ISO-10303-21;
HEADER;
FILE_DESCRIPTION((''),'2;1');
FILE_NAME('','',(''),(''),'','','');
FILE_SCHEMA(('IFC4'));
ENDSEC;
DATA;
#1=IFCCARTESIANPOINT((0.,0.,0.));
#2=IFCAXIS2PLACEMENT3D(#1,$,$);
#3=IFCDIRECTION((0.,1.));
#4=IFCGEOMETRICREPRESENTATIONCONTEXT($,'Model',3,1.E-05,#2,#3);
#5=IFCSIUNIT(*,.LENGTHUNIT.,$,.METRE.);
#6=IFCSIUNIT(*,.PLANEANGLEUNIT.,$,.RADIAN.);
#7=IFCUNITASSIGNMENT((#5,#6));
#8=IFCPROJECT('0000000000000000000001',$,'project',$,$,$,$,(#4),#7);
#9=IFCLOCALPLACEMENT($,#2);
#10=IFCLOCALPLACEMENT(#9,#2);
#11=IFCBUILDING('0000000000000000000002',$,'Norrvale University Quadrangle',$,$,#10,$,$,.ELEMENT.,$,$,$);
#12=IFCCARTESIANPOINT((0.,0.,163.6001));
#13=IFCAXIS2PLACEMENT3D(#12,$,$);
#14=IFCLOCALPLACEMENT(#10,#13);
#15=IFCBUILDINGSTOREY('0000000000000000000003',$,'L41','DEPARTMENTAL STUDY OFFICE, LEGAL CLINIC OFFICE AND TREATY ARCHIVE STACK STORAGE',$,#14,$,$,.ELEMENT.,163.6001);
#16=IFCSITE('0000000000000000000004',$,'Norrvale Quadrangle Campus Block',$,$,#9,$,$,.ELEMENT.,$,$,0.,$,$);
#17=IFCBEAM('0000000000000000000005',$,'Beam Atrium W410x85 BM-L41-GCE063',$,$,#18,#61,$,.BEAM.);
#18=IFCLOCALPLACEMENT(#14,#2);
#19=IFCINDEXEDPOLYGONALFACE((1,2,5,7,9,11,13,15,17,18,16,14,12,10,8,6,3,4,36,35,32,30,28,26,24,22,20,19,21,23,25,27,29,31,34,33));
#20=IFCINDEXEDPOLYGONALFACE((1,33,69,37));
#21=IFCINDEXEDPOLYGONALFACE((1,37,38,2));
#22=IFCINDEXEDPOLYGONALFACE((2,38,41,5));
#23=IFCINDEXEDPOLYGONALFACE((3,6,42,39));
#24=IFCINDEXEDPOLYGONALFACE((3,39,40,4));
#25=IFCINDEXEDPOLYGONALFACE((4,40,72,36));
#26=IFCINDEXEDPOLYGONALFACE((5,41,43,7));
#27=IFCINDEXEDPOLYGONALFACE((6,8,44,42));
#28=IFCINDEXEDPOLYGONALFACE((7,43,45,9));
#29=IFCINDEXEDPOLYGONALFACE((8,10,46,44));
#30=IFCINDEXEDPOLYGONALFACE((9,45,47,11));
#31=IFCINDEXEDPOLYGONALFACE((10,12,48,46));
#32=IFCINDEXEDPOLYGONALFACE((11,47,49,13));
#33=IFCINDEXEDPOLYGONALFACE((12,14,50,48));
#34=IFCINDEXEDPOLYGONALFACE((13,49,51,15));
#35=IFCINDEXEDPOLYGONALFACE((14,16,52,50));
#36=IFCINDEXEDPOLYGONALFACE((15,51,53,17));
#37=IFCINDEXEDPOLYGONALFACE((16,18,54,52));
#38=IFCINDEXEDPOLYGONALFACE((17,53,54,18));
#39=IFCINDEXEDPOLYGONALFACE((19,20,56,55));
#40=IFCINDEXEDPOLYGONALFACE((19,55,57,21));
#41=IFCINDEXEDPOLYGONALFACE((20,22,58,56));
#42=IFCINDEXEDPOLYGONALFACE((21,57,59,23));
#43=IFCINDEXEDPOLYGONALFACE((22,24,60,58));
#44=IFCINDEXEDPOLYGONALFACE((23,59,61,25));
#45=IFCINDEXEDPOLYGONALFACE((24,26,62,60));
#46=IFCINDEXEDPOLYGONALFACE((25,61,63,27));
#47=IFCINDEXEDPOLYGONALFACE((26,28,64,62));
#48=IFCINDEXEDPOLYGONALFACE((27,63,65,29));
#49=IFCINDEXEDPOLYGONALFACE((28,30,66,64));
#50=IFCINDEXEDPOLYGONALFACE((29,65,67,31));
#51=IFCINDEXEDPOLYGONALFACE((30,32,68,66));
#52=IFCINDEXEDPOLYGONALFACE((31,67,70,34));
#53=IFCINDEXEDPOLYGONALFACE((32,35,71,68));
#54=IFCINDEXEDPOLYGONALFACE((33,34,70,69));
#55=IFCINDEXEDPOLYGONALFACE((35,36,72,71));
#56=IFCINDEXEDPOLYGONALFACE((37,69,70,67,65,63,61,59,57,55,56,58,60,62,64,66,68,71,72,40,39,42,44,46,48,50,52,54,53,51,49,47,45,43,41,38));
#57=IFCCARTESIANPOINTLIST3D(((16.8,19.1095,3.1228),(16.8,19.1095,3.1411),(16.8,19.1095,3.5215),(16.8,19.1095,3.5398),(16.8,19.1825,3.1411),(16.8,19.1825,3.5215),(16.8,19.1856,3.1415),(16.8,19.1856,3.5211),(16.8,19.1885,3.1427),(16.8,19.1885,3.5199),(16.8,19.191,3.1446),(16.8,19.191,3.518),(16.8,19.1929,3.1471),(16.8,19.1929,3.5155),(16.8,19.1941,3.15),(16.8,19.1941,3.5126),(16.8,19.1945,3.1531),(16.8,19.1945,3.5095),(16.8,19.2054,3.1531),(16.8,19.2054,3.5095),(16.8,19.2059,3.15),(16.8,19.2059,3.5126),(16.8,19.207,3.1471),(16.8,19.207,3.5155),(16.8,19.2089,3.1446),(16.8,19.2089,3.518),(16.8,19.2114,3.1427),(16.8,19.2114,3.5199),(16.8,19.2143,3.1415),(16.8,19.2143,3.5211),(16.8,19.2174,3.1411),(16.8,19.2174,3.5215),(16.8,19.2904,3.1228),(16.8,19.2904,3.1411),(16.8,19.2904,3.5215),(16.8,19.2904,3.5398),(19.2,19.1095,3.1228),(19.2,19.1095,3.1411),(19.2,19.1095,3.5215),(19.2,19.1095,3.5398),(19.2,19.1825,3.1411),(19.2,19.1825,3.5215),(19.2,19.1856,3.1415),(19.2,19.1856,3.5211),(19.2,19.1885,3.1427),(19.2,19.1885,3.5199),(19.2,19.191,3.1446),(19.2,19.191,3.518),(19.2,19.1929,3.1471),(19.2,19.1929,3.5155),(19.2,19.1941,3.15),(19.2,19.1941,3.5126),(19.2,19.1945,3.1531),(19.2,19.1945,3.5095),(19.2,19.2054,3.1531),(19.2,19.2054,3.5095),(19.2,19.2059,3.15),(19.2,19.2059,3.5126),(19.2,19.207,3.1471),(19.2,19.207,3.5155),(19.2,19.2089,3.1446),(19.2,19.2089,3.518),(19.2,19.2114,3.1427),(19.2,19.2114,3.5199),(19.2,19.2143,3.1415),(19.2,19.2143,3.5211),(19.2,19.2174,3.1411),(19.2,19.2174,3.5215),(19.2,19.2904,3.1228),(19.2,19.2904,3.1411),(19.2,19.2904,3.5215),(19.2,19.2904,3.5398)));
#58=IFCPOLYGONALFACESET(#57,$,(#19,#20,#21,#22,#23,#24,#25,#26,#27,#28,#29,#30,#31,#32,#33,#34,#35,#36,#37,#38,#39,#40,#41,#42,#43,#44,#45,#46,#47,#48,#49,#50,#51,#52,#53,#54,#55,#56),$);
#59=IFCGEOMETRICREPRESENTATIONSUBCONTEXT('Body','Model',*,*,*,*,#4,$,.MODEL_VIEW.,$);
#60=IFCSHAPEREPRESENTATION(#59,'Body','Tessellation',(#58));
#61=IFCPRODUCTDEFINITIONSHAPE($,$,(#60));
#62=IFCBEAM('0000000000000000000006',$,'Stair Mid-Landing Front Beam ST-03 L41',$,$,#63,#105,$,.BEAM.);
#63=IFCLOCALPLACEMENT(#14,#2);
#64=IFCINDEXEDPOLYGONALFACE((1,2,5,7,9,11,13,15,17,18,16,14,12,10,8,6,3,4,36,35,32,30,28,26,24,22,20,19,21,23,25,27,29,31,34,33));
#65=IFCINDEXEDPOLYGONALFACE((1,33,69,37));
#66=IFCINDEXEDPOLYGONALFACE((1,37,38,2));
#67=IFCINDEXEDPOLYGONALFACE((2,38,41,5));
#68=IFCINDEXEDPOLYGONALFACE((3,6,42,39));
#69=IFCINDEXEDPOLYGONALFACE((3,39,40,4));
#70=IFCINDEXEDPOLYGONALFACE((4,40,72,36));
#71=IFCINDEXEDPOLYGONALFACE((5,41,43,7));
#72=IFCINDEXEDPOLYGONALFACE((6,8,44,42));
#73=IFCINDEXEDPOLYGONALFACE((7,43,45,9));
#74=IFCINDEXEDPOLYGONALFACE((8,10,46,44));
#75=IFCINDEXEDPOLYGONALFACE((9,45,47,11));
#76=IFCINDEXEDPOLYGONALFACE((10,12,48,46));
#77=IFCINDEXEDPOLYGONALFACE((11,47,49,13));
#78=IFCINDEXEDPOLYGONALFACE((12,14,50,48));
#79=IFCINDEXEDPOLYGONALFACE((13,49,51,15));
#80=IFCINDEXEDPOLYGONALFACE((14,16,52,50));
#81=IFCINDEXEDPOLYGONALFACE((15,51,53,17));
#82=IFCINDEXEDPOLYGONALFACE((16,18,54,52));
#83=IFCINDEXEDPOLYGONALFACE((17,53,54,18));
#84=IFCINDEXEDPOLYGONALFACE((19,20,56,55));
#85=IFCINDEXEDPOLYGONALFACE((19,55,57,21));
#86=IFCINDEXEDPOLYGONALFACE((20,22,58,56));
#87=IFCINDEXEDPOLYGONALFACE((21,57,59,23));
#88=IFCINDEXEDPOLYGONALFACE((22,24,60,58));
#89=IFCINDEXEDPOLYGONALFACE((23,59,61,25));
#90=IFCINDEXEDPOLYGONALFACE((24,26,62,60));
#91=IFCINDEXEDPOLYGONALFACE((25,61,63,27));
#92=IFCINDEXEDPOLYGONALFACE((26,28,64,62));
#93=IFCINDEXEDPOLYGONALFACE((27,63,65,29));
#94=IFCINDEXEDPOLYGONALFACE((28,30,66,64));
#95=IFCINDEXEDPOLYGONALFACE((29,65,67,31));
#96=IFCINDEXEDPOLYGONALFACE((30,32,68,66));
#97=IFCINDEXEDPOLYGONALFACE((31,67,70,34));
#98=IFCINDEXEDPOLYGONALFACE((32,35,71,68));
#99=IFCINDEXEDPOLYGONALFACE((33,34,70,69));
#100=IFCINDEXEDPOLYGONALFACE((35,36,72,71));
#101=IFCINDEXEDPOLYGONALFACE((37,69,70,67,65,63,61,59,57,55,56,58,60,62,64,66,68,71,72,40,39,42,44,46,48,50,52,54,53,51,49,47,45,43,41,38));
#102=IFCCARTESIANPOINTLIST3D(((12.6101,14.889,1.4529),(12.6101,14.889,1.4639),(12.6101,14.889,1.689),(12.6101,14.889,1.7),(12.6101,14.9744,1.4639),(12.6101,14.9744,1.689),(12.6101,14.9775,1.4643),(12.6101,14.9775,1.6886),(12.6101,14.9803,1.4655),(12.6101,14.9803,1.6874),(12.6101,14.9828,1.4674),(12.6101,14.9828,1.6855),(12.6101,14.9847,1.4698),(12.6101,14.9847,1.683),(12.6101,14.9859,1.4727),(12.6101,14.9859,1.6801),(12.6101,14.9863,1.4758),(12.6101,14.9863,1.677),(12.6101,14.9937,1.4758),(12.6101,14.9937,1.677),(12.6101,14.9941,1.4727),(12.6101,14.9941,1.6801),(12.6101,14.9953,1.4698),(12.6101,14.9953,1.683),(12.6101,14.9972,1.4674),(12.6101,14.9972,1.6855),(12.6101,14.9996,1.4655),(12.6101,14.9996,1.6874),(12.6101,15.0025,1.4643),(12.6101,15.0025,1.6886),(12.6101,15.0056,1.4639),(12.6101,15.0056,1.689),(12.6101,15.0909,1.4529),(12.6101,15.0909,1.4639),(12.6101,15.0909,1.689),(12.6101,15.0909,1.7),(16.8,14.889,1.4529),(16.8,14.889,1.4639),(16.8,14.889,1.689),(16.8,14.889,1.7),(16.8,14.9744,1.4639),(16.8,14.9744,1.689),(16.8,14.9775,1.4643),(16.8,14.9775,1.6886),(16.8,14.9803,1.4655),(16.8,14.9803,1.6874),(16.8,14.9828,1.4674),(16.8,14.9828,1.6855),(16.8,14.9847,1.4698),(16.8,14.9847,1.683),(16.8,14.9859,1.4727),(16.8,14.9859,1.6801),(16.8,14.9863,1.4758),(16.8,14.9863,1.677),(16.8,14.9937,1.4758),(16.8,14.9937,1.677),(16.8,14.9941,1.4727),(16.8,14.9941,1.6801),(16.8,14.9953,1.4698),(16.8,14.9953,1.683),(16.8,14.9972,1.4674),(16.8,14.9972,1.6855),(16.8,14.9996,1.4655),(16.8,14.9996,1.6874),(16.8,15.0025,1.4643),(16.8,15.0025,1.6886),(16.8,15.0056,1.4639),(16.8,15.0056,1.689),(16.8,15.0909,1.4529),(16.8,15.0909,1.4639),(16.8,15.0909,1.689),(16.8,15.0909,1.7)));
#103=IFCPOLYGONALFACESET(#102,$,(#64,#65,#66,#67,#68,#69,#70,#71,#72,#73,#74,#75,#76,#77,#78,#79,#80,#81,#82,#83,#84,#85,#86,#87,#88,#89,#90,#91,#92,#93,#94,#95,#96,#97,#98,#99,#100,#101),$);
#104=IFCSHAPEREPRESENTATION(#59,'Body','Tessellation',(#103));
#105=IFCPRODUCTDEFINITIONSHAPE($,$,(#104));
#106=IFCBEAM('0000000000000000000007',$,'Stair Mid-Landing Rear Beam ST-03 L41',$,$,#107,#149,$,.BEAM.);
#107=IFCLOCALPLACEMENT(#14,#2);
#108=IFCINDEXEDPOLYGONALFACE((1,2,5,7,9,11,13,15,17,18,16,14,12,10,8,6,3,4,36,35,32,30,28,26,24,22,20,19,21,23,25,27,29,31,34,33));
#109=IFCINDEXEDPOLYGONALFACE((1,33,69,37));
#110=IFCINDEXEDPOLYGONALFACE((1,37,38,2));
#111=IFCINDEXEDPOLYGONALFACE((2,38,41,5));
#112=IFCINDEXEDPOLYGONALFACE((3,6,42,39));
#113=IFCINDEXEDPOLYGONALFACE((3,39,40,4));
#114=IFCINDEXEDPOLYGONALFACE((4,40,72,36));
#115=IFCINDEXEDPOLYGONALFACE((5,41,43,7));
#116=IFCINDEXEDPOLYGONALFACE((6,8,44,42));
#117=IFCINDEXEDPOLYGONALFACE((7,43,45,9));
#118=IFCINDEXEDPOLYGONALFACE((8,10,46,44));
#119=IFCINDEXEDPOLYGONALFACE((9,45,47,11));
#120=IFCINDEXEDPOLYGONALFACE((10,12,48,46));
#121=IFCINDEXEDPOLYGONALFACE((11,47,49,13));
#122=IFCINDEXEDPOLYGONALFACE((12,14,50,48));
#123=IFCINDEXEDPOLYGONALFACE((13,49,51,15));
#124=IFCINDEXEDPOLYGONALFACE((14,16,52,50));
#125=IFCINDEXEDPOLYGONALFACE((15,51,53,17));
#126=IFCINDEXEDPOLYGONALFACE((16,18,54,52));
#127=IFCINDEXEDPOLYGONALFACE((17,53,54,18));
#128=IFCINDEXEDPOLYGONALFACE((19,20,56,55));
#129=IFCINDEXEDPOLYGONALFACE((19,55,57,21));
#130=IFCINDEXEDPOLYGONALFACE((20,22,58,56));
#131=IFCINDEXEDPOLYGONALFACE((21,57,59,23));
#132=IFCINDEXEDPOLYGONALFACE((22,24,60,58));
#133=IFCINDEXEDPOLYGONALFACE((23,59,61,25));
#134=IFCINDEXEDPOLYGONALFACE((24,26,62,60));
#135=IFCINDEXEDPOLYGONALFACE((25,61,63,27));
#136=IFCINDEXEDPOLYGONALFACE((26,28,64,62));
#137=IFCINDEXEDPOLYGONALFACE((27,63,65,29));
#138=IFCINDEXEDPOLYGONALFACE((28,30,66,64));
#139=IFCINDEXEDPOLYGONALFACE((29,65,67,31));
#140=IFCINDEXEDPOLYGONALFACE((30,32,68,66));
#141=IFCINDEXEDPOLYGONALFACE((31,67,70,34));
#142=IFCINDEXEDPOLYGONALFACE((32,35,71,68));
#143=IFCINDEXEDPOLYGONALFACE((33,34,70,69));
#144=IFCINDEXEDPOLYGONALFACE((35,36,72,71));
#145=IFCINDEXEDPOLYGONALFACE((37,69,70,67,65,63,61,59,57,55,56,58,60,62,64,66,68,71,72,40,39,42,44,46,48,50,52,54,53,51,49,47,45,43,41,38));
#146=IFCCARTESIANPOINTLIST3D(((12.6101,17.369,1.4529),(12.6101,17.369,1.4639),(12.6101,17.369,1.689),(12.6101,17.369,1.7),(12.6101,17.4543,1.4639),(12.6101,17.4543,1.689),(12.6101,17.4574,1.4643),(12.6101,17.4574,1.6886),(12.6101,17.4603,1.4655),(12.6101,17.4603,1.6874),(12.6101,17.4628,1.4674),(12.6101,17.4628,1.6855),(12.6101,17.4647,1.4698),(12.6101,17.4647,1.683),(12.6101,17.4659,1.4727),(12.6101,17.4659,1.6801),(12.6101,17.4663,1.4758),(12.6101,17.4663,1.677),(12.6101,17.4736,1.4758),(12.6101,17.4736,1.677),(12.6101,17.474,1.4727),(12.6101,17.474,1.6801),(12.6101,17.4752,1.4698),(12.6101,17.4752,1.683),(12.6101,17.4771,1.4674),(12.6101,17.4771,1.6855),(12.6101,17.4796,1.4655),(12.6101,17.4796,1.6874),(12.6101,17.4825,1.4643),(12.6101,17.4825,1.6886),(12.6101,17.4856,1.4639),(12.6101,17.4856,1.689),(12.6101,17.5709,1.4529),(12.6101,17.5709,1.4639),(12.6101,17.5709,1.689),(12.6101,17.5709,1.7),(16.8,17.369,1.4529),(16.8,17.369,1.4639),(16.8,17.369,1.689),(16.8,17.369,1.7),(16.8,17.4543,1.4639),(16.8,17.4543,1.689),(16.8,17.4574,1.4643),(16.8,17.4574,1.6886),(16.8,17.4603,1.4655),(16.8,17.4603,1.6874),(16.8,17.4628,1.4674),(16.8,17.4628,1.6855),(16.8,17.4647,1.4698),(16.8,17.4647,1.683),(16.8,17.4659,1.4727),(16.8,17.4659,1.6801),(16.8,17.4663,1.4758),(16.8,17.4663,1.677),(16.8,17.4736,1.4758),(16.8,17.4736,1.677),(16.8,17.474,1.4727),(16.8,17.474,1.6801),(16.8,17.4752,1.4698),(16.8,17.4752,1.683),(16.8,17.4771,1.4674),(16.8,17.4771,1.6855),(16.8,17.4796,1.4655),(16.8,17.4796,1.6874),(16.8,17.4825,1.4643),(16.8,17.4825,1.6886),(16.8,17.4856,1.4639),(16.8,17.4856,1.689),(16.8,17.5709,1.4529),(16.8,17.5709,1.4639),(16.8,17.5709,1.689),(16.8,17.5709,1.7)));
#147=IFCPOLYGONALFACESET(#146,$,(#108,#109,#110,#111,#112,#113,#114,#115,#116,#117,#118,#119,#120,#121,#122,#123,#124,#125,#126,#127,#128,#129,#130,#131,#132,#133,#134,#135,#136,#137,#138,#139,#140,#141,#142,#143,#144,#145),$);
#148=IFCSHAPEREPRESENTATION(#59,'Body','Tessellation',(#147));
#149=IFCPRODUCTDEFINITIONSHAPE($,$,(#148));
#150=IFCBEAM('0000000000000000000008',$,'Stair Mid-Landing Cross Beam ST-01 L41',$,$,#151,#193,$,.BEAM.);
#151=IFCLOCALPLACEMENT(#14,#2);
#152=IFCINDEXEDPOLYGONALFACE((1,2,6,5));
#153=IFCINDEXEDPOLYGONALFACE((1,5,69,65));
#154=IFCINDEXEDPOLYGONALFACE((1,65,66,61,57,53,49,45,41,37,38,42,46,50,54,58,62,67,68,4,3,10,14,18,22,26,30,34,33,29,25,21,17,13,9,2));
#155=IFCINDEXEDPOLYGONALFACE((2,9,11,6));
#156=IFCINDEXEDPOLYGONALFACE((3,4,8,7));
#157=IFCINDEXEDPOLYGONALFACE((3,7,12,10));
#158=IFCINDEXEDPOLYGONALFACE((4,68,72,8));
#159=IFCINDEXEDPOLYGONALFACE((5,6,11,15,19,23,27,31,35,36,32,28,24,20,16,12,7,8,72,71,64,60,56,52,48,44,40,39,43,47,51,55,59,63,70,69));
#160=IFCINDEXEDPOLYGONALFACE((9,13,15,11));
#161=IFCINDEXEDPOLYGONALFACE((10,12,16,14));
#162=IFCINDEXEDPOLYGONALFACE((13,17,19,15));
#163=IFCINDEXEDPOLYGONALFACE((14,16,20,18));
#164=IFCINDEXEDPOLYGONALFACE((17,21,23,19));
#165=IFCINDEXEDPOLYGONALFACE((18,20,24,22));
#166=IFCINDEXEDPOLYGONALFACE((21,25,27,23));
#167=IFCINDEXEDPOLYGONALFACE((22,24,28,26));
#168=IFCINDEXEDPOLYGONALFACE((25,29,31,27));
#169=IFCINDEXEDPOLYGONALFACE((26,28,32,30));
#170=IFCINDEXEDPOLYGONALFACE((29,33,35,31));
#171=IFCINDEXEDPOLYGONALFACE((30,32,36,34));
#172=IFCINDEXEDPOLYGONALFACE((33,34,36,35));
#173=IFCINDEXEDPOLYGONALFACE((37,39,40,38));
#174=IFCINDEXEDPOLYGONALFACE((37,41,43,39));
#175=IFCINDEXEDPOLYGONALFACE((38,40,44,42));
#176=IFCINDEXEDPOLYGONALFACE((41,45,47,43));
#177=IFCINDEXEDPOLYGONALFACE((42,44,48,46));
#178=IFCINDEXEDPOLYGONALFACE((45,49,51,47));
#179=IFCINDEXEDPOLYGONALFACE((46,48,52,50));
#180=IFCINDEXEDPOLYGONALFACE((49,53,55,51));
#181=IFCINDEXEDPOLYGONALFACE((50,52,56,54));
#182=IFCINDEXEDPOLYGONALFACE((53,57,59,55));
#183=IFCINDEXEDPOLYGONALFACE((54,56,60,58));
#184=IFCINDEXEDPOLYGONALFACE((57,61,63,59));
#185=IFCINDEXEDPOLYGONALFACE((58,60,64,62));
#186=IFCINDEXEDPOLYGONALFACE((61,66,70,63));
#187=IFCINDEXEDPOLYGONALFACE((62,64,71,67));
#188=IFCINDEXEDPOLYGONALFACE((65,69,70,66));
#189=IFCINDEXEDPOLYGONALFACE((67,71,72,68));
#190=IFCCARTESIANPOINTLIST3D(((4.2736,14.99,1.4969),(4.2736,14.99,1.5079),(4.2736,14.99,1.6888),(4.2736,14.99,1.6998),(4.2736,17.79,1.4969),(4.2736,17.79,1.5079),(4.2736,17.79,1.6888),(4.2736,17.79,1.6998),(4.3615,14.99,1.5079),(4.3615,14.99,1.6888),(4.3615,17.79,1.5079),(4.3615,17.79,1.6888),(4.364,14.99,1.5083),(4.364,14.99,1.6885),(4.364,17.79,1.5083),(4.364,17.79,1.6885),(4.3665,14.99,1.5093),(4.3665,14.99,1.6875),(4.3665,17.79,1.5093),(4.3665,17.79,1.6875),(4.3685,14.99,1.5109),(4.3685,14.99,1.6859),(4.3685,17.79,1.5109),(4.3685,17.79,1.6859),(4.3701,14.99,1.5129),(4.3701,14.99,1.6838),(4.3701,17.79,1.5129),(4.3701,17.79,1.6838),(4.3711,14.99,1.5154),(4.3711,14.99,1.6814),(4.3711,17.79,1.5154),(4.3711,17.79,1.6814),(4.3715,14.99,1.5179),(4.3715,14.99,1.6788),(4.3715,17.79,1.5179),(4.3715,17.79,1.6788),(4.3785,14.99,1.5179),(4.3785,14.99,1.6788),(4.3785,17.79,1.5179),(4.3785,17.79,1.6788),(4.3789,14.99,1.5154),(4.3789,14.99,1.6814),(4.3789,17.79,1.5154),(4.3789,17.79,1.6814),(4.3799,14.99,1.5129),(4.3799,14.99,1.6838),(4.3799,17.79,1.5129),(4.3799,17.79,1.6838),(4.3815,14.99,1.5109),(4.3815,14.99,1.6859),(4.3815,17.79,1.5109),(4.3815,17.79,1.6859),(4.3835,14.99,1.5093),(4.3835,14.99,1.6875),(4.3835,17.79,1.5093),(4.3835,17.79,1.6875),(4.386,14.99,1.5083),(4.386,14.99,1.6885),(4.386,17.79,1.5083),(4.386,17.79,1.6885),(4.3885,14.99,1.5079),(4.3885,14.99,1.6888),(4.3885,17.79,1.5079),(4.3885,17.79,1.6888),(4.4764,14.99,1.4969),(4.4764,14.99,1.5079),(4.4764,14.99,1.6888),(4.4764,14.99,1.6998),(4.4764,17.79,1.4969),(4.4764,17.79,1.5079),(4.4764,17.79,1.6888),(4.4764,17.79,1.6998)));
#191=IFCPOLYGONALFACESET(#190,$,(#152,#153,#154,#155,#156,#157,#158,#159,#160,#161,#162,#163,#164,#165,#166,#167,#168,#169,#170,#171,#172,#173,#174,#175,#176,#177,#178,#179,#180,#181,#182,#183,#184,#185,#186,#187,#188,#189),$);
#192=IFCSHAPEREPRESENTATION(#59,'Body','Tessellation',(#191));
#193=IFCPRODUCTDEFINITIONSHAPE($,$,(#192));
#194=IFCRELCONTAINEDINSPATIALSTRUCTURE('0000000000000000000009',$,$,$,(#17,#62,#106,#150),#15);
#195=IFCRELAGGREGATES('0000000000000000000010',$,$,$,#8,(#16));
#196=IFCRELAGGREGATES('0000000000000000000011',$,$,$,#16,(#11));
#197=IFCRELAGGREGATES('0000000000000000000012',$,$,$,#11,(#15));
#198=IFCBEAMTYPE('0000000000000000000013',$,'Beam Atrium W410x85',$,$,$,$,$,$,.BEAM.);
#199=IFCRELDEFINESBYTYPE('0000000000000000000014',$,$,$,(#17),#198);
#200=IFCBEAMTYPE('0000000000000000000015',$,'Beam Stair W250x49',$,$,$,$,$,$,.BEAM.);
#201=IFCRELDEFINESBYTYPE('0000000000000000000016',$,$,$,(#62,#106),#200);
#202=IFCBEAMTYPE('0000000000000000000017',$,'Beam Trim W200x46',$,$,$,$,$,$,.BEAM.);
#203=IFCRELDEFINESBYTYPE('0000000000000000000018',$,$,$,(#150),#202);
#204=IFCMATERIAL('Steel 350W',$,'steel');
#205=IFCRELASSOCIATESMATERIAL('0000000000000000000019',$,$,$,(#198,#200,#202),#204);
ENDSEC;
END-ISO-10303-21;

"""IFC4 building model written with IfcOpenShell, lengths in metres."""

from ifc_helpers import new_model, si_unit, direction, frame, origin, origin_2d, place, context, subcontext, project, spatial, i_section, extrude, material, material_profile, profile_set, type_object, element, save


model = new_model("IFC4")

# Units and contexts
model_context = context("Model", 3, precision=1e-05, world=origin(), true_north=direction((0.0, 1.0)))
body_context = subcontext(model_context, "Body", "Model", "MODEL_VIEW")
ifc_project = project(units=[si_unit("LENGTHUNIT", "METRE"), si_unit("PLANEANGLEUNIT", "RADIAN")], contexts=[model_context])

# Site, building, storey
site_placement = place(None, origin())
site = spatial("IfcSite", under=ifc_project, at=site_placement, Name="Norrvale Quadrangle Campus Block", CompositionType="ELEMENT", RefElevation=0.0)
building_placement = place(site_placement, origin())
building = spatial("IfcBuilding", under=site, at=building_placement, Name="Norrvale University Quadrangle", CompositionType="ELEMENT")
storey_placement = place(building_placement, frame((0.0, 0.0, 163.6001)))
storey = spatial("IfcBuildingStorey", under=building, at=storey_placement, Name="L41", Description="DEPARTMENTAL STUDY OFFICE, LEGAL CLINIC OFFICE AND TREATY ARCHIVE STACK STORAGE", CompositionType="ELEMENT", Elevation=163.6001)

# Beams
ifc_material_1 = material(Name="Steel 350W", Category="steel")
ifc_material_profile_1 = material_profile(ifc_material_1, i_section(OverallWidth=0.1809, OverallDepth=0.417, WebThickness=0.011, FlangeThickness=0.0183, FilletRadius=0.012, at=origin_2d()), Name="Steel 350W")
ifc_profile_set_1 = profile_set([ifc_material_profile_1], Name="Steel 350W")
beam_type_1 = type_object("IfcBeamType", Name="Beam Atrium W410x85", PredefinedType="BEAM", material=ifc_profile_set_1)
beam_placement = place(storey_placement, frame((16.8, 19.2, 3.3313), z_axis=(1.0, 0.0, 0.0), x_axis=(0.0, 1.0, 0.0)))
element("IfcBeam", 1, at=beam_placement, inside=storey, type_object=beam_type_1, Name="Beam Atrium W410x85 BM-L41-GCE063", PredefinedType="BEAM", context=body_context, shape_type="SweptSolid", body=[
    extrude(i_section(OverallWidth=0.1809, OverallDepth=0.417, WebThickness=0.011, FlangeThickness=0.0183, FilletRadius=0.012, at=origin_2d()), origin(), (0.0, 0.0, 1.0), 2.3999),
])
ifc_material_profile_2 = material_profile(ifc_material_1, i_section(OverallWidth=0.2019, OverallDepth=0.2471, WebThickness=0.0073, FlangeThickness=0.011, FilletRadius=0.012, at=origin_2d()), Name="Steel 350W")
ifc_profile_set_2 = profile_set([ifc_material_profile_2], Name="Steel 350W")
beam_type_2 = type_object("IfcBeamType", Name="Beam Stair W250x49", PredefinedType="BEAM", material=ifc_profile_set_2)
for number, where, z_axis, x_axis, name in (
    (2, (12.6101, 14.99, 1.5764), (1.0, 0.0, 0.0), (0.0, 1.0, 0.0), "Stair Mid-Landing Front Beam ST-03 L41"),
    (3, (12.6101, 17.47, 1.5764), (1.0, 0.0, 0.0), (0.0, 1.0, 0.0), "Stair Mid-Landing Rear Beam ST-03 L41"),
):
    element("IfcBeam", number, at=place(storey_placement, frame(where, z_axis=z_axis, x_axis=x_axis)), inside=storey, type_object=beam_type_2, Name=name, PredefinedType="BEAM", context=body_context, shape_type="SweptSolid", body=[
        extrude(i_section(OverallWidth=0.2019, OverallDepth=0.2471, WebThickness=0.0073, FlangeThickness=0.011, FilletRadius=0.012, at=origin_2d()), origin(), (0.0, 0.0, 1.0), 4.1899),
    ])
ifc_material_profile_3 = material_profile(ifc_material_1, i_section(OverallWidth=0.2029, OverallDepth=0.2029, WebThickness=0.0071, FlangeThickness=0.011, FilletRadius=0.01, at=origin_2d()), Name="Steel 350W")
ifc_profile_set_3 = profile_set([ifc_material_profile_3], Name="Steel 350W")
beam_type_3 = type_object("IfcBeamType", Name="Beam Trim W200x46", PredefinedType="BEAM", material=ifc_profile_set_3)
for number, where, z_axis, x_axis, name in (
    (4, (4.375, 14.99, 1.5984), (0.0, 1.0, 0.0), (-1.0, 0.0, 0.0), "Stair Mid-Landing Cross Beam ST-01 L41"),
):
    element("IfcBeam", number, at=place(storey_placement, frame(where, z_axis=z_axis, x_axis=x_axis)), inside=storey, type_object=beam_type_3, Name=name, PredefinedType="BEAM", context=body_context, shape_type="SweptSolid", body=[
        extrude(i_section(OverallWidth=0.2029, OverallDepth=0.2029, WebThickness=0.0071, FlangeThickness=0.011, FilletRadius=0.01, at=origin_2d()), origin(), (0.0, 0.0, 1.0), 2.8),
    ])

save(model, "model.ifc")
